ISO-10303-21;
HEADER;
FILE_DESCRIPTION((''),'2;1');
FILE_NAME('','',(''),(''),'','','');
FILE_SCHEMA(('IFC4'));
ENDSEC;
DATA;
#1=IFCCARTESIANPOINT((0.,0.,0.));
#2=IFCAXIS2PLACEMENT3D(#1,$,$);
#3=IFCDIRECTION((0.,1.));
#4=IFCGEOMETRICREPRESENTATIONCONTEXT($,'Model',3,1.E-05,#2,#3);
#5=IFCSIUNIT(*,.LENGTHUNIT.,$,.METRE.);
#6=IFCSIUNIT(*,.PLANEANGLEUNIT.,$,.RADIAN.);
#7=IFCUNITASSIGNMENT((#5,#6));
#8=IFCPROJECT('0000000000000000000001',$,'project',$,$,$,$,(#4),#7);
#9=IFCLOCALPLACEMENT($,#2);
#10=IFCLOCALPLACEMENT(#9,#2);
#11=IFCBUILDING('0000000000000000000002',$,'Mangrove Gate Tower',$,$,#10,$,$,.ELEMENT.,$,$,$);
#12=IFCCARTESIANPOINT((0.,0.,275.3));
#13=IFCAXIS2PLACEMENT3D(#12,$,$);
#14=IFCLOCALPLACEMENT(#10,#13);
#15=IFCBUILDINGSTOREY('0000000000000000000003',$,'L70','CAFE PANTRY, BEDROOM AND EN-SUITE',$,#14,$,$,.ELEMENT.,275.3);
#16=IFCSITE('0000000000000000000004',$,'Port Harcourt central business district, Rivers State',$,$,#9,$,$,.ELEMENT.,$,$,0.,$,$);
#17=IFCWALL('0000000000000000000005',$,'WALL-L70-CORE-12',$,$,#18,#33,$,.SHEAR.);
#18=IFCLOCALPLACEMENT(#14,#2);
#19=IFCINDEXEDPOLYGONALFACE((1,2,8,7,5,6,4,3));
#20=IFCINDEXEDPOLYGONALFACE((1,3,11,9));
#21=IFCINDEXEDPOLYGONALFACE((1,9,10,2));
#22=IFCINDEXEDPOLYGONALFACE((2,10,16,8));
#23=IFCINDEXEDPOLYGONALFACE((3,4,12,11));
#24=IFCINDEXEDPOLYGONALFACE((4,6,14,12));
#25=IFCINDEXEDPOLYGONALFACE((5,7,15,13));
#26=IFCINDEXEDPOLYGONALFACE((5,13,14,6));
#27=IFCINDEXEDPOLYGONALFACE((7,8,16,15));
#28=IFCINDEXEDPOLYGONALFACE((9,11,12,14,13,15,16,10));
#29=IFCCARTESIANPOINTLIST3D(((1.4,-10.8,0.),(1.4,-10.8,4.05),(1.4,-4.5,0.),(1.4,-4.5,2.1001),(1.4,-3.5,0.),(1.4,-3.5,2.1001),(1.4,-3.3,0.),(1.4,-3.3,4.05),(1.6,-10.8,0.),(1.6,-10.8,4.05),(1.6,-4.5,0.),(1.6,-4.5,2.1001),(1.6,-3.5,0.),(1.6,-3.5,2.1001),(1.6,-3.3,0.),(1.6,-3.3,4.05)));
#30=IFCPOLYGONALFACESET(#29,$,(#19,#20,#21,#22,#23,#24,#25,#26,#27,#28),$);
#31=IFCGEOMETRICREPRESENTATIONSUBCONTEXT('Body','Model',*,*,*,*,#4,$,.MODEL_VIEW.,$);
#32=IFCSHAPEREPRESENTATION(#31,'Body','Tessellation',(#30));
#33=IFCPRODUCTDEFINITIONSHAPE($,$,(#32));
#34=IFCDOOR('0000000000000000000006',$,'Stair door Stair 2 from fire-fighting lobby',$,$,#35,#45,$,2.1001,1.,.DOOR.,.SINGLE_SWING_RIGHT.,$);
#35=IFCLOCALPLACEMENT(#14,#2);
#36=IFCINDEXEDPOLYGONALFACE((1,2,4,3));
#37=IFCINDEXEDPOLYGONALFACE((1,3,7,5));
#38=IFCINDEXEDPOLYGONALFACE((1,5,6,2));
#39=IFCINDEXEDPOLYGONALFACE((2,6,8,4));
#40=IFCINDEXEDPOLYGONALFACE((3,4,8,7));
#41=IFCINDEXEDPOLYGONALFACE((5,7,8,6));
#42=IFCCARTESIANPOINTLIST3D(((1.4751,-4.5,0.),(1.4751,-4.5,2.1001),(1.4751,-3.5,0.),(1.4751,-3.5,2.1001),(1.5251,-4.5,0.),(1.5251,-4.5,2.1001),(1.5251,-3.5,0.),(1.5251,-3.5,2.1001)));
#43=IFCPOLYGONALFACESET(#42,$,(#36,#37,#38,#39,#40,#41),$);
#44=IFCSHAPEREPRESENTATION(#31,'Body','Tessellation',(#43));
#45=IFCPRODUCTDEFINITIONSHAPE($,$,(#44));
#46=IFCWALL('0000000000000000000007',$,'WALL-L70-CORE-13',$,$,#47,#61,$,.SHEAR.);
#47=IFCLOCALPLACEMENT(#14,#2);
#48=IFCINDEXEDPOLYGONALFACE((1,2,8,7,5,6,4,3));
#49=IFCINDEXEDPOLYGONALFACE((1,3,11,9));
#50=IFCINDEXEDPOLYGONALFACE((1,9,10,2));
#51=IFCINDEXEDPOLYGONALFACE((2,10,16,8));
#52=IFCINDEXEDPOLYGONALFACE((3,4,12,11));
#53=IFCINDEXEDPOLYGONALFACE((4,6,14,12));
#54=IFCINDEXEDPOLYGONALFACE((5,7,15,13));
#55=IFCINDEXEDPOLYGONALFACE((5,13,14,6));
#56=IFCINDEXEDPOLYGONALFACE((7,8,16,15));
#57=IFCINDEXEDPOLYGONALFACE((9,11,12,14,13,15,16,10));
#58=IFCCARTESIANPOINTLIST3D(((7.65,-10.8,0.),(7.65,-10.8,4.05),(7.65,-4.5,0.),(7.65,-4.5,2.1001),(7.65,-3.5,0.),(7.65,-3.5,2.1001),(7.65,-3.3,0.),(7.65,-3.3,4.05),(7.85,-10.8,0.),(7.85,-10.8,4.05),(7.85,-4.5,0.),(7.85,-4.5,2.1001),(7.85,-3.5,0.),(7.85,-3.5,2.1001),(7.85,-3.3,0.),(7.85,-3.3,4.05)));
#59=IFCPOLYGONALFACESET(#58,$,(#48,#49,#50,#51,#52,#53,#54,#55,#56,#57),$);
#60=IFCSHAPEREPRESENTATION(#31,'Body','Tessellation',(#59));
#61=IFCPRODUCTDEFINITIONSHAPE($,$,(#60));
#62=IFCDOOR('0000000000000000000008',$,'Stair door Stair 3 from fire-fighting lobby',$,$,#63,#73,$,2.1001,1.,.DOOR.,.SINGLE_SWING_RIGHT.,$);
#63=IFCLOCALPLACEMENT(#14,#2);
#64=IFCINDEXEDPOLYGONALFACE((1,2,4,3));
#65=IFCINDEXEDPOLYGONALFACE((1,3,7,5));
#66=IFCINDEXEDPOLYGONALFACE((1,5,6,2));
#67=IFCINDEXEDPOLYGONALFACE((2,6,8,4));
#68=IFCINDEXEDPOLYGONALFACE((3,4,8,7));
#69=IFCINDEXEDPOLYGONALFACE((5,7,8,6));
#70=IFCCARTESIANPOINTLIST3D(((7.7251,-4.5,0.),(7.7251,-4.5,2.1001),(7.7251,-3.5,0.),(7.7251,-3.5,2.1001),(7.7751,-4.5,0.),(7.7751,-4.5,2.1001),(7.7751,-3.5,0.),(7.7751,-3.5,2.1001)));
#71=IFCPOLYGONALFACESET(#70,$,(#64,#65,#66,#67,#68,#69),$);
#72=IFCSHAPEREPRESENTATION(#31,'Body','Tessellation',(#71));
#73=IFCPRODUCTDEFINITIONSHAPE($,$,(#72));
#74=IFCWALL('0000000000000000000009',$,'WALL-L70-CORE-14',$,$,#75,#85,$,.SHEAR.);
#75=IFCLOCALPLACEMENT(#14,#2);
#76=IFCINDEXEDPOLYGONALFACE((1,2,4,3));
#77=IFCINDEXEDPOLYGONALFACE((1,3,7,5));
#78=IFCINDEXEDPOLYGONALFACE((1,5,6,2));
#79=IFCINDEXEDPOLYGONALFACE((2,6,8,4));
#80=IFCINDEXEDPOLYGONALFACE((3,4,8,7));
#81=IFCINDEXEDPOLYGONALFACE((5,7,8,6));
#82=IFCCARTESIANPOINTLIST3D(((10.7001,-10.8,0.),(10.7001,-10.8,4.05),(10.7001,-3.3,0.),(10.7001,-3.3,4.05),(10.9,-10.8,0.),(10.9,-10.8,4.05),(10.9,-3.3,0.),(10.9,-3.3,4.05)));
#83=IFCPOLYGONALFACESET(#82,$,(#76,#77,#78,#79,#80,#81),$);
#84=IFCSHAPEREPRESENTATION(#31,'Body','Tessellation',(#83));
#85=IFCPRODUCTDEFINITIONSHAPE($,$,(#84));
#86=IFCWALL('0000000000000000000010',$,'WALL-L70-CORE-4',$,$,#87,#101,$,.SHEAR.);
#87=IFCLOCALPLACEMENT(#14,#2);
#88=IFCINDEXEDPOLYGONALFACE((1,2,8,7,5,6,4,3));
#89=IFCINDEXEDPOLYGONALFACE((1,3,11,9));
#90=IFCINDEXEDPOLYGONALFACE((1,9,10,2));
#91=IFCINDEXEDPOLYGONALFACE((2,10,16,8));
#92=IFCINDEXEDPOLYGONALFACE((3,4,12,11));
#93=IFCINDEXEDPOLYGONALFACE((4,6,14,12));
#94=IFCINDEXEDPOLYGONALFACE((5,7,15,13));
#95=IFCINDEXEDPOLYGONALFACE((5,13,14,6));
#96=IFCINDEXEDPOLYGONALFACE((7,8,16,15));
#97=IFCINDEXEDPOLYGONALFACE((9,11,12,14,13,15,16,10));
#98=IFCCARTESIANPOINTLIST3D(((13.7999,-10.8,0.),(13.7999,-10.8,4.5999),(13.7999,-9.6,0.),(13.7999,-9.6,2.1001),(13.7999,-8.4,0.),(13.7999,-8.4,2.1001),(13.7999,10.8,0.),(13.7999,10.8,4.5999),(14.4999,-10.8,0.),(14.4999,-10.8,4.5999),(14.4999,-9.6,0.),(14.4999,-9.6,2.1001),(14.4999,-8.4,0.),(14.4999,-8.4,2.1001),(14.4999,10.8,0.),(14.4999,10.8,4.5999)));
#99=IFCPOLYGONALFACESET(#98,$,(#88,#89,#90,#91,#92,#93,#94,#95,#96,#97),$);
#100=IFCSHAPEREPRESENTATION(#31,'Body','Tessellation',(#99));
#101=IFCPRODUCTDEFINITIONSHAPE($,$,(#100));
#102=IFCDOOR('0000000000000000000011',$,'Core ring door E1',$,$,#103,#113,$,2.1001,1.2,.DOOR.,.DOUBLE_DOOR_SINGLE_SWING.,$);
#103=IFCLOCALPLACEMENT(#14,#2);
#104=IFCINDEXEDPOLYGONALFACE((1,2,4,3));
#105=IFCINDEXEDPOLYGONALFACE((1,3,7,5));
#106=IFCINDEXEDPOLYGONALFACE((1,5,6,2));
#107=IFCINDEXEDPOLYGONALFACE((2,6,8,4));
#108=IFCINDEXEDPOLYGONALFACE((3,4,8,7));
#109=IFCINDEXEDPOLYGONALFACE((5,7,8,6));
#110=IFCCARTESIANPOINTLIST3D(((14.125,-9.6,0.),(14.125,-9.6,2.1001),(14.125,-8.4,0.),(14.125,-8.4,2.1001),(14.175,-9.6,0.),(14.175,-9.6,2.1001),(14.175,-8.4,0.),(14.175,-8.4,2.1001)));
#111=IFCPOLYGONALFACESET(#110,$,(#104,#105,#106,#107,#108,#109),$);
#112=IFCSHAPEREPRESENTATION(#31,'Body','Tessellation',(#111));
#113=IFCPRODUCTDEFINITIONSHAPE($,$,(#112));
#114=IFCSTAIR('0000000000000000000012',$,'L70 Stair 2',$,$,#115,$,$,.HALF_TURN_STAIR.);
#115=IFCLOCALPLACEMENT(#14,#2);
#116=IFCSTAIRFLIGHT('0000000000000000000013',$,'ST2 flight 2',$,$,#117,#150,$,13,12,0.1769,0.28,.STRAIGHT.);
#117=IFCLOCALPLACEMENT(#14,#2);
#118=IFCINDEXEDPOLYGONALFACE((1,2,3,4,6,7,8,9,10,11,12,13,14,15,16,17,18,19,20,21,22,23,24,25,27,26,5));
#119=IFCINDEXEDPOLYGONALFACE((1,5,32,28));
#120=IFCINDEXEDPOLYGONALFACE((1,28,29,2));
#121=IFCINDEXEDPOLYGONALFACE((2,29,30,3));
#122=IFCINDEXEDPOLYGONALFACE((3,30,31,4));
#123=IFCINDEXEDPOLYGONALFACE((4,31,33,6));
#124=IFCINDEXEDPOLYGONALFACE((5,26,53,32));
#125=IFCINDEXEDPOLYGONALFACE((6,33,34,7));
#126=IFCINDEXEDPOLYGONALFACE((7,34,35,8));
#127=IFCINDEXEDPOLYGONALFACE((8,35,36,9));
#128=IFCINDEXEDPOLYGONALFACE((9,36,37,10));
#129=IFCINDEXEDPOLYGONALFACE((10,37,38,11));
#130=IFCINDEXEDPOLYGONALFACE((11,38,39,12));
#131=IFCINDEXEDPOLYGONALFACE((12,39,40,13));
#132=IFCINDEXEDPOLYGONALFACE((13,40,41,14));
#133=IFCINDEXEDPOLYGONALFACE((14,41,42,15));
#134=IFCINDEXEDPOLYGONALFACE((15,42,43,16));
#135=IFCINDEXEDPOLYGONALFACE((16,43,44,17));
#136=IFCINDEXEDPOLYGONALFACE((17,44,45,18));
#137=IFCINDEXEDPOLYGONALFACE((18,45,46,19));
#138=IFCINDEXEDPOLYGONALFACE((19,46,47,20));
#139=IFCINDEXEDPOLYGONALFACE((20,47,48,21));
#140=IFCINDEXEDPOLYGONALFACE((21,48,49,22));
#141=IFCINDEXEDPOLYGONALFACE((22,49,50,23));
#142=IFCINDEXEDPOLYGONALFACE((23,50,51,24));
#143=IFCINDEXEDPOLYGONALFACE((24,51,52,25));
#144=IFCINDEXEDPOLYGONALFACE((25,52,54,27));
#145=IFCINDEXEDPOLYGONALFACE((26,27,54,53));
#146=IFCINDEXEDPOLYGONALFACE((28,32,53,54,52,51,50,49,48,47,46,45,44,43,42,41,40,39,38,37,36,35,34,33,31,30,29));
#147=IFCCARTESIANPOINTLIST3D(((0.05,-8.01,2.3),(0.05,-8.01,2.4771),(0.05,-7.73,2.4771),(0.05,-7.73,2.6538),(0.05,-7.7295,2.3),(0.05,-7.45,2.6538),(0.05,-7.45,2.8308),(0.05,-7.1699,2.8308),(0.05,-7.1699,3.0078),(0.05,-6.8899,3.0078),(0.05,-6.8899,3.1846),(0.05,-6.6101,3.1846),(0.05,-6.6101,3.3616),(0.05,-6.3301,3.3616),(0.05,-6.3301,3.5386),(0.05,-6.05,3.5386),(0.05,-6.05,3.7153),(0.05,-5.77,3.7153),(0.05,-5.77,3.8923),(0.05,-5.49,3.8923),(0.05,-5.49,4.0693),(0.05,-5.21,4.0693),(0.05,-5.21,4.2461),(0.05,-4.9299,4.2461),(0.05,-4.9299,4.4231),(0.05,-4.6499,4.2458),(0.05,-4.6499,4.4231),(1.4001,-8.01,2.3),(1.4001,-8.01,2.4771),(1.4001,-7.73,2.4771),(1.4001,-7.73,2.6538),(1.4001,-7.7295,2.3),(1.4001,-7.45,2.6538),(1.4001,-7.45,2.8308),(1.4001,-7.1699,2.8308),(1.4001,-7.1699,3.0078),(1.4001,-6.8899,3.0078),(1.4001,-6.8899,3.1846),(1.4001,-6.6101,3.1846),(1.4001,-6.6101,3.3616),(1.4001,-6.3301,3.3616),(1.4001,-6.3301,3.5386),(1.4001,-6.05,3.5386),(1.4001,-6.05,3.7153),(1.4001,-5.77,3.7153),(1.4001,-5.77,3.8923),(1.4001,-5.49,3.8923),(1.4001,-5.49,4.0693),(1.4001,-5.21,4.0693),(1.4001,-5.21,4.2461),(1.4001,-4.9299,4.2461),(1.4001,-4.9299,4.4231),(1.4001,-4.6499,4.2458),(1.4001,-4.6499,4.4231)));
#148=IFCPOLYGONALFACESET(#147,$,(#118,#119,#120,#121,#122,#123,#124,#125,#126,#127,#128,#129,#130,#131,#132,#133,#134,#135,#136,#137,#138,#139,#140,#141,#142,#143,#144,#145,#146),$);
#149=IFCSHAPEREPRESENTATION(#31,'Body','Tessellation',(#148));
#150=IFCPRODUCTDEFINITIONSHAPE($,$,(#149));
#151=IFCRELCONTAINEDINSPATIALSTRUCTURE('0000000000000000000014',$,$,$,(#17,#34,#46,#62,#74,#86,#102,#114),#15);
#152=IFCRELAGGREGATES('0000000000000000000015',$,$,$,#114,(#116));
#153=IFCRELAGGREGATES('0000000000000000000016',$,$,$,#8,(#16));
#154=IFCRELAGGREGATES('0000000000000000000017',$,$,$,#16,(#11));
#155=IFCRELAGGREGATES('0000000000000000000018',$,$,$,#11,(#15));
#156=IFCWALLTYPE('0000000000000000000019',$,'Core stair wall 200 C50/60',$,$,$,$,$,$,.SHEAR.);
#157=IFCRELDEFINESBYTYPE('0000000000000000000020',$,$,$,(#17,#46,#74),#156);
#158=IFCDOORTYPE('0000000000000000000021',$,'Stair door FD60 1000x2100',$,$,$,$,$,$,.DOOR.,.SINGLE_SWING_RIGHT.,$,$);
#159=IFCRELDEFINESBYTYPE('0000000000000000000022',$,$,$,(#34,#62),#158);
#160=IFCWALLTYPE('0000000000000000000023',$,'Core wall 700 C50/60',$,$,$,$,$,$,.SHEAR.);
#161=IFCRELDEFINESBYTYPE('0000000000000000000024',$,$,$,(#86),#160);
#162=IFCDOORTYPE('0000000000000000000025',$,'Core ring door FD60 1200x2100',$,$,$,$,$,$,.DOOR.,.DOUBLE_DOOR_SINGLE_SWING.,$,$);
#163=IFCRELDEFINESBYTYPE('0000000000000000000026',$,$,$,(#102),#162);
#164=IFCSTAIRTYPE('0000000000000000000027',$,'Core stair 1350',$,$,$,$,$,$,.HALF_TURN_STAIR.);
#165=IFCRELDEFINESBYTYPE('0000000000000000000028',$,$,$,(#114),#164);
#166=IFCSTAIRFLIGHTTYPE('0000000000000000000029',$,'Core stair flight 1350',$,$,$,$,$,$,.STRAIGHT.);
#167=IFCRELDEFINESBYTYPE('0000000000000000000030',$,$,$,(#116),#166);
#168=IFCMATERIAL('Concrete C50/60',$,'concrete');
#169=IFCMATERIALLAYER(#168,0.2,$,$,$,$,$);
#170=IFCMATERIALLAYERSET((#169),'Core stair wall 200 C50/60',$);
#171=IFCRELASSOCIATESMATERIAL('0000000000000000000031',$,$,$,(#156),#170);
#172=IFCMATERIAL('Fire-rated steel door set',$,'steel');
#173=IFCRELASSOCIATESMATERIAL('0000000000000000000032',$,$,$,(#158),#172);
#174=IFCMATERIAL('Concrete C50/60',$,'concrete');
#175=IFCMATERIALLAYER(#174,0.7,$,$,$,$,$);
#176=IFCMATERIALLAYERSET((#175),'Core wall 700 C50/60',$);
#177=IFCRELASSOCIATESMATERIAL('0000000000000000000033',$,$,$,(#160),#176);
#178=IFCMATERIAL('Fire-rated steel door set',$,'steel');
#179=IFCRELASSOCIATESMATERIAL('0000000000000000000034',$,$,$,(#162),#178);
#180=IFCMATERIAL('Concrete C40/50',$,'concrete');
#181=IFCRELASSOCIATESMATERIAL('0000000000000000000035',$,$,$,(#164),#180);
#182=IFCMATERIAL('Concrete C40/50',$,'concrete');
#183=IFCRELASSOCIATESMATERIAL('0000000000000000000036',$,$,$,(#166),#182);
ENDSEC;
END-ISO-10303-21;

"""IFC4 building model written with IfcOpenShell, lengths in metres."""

from ifc_helpers import new_model, si_unit, direction, frame, frame_2d, origin, place, context, subcontext, project, spatial, polyline, rectangle, outline, extrude, material, layer, layer_set, type_object, element, fill, aggregate, save


model = new_model("IFC4")

# Units and contexts
model_context = context("Model", 3, precision=1e-05, world=origin(), true_north=direction((0.0, 1.0)))
body_context = subcontext(model_context, "Body", "Model", "MODEL_VIEW")
ifc_project = project(units=[si_unit("LENGTHUNIT", "METRE"), si_unit("PLANEANGLEUNIT", "RADIAN")], contexts=[model_context])

# Site, building, storey
site_placement = place(None, origin())
site = spatial("IfcSite", under=ifc_project, at=site_placement, Name="Port Harcourt central business district, Rivers State", CompositionType="ELEMENT", RefElevation=0.0)
building_placement = place(site_placement, origin())
building = spatial("IfcBuilding", under=site, at=building_placement, Name="Mangrove Gate Tower", CompositionType="ELEMENT")
storey_placement = place(building_placement, frame((0.0, 0.0, 275.3)))
storey = spatial("IfcBuildingStorey", under=building, at=storey_placement, Name="L70", Description="CAFE PANTRY, BEDROOM AND EN-SUITE", CompositionType="ELEMENT", Elevation=275.3)

# Walls, openings, doors
ifc_material_1 = material(Name="Concrete C50/60", Category="concrete")
ifc_layer_1 = layer(ifc_material_1, 0.2)
ifc_layer_set_1 = layer_set([ifc_layer_1], Name="Core stair wall 200 C50/60")
wall_type_1 = type_object("IfcWallType", Name="Core stair wall 200 C50/60", PredefinedType="SHEAR", material=ifc_layer_set_1)
wall_1_placement = place(storey_placement, frame((1.5, -10.8, 0.0), z_axis=(0.0, 0.0, 1.0), x_axis=(0.0, 1.0, 0.0)))
wall_1 = element("IfcWall", 1, at=wall_1_placement, inside=storey, type_object=wall_type_1, Name="WALL-L70-CORE-12", PredefinedType="SHEAR", context=body_context, shape_type="SweptSolid", body=[
    extrude(rectangle(XDim=7.5, YDim=0.2, at=frame_2d((3.75, 0.0))), origin(), (0.0, 0.0, 1.0), 4.05),
])
opening_1_placement = place(wall_1_placement, frame((6.3, 0.0, 0.0)))
opening_1 = element("IfcOpeningElement", 2, at=opening_1_placement, cuts=wall_1, PredefinedType="OPENING", context=body_context, shape_type="SweptSolid", body=[
    extrude(rectangle(XDim=1.0, YDim=2.1001, at=frame_2d((0.5, 1.05))), frame((0.0, 0.1099, 0.0), z_axis=(0.0, -1.0, 0.0), x_axis=(1.0, 0.0, 0.0)), (0.0, 0.0, 1.0), 0.22),
])
ifc_material_2 = material(Name="Fire-rated steel door set", Category="steel")
door_type_1 = type_object("IfcDoorType", Name="Stair door FD60 1000x2100", OperationType="SINGLE_SWING_RIGHT", PredefinedType="DOOR", material=ifc_material_2)
door_1_placement = place(opening_1_placement, origin())
door_1 = element("IfcDoor", 3, at=door_1_placement, inside=storey, type_object=door_type_1, Name="Stair door Stair 2 from fire-fighting lobby", OperationType="SINGLE_SWING_RIGHT", OverallHeight=2.1001, OverallWidth=1.0, PredefinedType="DOOR", context=body_context, shape_type="SweptSolid", body=[
    extrude(rectangle(XDim=1.0, YDim=2.1001, at=frame_2d((0.5, 1.05))), frame((0.0, 0.0249, 0.0), z_axis=(0.0, -1.0, 0.0), x_axis=(1.0, 0.0, 0.0)), (0.0, 0.0, 1.0), 0.05),
])
fill(opening_1, door_1)
wall_2_placement = place(storey_placement, frame((7.75, -10.8, 0.0), z_axis=(0.0, 0.0, 1.0), x_axis=(0.0, 1.0, 0.0)))
wall_2 = element("IfcWall", 4, at=wall_2_placement, inside=storey, type_object=wall_type_1, Name="WALL-L70-CORE-13", PredefinedType="SHEAR", context=body_context, shape_type="SweptSolid", body=[
    extrude(rectangle(XDim=7.5, YDim=0.2, at=frame_2d((3.75, 0.0))), origin(), (0.0, 0.0, 1.0), 4.05),
])
opening_2_placement = place(wall_2_placement, frame((6.3, 0.0, 0.0)))
opening_2 = element("IfcOpeningElement", 5, at=opening_2_placement, cuts=wall_2, PredefinedType="OPENING", context=body_context, shape_type="SweptSolid", body=[
    extrude(rectangle(XDim=1.0, YDim=2.1001, at=frame_2d((0.5, 1.05))), frame((0.0, 0.1099, 0.0), z_axis=(0.0, -1.0, 0.0), x_axis=(1.0, 0.0, 0.0)), (0.0, 0.0, 1.0), 0.22),
])
door_2_placement = place(opening_2_placement, origin())
door_2 = element("IfcDoor", 6, at=door_2_placement, inside=storey, type_object=door_type_1, Name="Stair door Stair 3 from fire-fighting lobby", OperationType="SINGLE_SWING_RIGHT", OverallHeight=2.1001, OverallWidth=1.0, PredefinedType="DOOR", context=body_context, shape_type="SweptSolid", body=[
    extrude(rectangle(XDim=1.0, YDim=2.1001, at=frame_2d((0.5, 1.05))), frame((0.0, 0.0249, 0.0), z_axis=(0.0, -1.0, 0.0), x_axis=(1.0, 0.0, 0.0)), (0.0, 0.0, 1.0), 0.05),
])
fill(opening_2, door_2)

# Wall
wall_3_placement = place(storey_placement, frame((10.8, -10.8, 0.0), z_axis=(0.0, 0.0, 1.0), x_axis=(0.0, 1.0, 0.0)))
element("IfcWall", 7, at=wall_3_placement, inside=storey, type_object=wall_type_1, Name="WALL-L70-CORE-14", PredefinedType="SHEAR", context=body_context, shape_type="SweptSolid", body=[
    extrude(rectangle(XDim=7.5, YDim=0.2, at=frame_2d((3.75, 0.0))), origin(), (0.0, 0.0, 1.0), 4.05),
])

# Wall, opening, door
ifc_material_3 = material(Name="Concrete C50/60", Category="concrete")
ifc_layer_2 = layer(ifc_material_3, 0.7)
ifc_layer_set_2 = layer_set([ifc_layer_2], Name="Core wall 700 C50/60")
wall_type_2 = type_object("IfcWallType", Name="Core wall 700 C50/60", PredefinedType="SHEAR", material=ifc_layer_set_2)
wall_4_placement = place(storey_placement, frame((14.1499, -10.8, 0.0), z_axis=(0.0, 0.0, 1.0), x_axis=(0.0, 1.0, 0.0)))
wall_4 = element("IfcWall", 8, at=wall_4_placement, inside=storey, type_object=wall_type_2, Name="WALL-L70-CORE-4", PredefinedType="SHEAR", context=body_context, shape_type="SweptSolid", body=[
    extrude(rectangle(XDim=21.6001, YDim=0.7, at=frame_2d((10.8, 0.0))), origin(), (0.0, 0.0, 1.0), 4.5999),
])
opening_3_placement = place(wall_4_placement, frame((1.2, 0.0, 0.0)))
opening_3 = element("IfcOpeningElement", 9, at=opening_3_placement, cuts=wall_4, PredefinedType="OPENING", context=body_context, shape_type="SweptSolid", body=[
    extrude(rectangle(XDim=1.2, YDim=2.1001, at=frame_2d((0.6001, 1.05))), frame((0.0, 0.3599, 0.0), z_axis=(0.0, -1.0, 0.0), x_axis=(1.0, 0.0, 0.0)), (0.0, 0.0, 1.0), 0.72),
])
ifc_material_4 = material(Name="Fire-rated steel door set", Category="steel")
door_type_2 = type_object("IfcDoorType", Name="Core ring door FD60 1200x2100", OperationType="DOUBLE_DOOR_SINGLE_SWING", PredefinedType="DOOR", material=ifc_material_4)
door_3_placement = place(opening_3_placement, origin())
door_3 = element("IfcDoor", 10, at=door_3_placement, inside=storey, type_object=door_type_2, Name="Core ring door E1", OperationType="DOUBLE_DOOR_SINGLE_SWING", OverallHeight=2.1001, OverallWidth=1.2, PredefinedType="DOOR", context=body_context, shape_type="SweptSolid", body=[
    extrude(rectangle(XDim=1.2, YDim=2.1001, at=frame_2d((0.6001, 1.05))), frame((0.0, 0.0249, 0.0), z_axis=(0.0, -1.0, 0.0), x_axis=(1.0, 0.0, 0.0)), (0.0, 0.0, 1.0), 0.05),
])
fill(opening_3, door_3)

# Stair, stair flight
ifc_material_5 = material(Name="Concrete C40/50", Category="concrete")
stair_type = type_object("IfcStairType", Name="Core stair 1350", PredefinedType="HALF_TURN_STAIR", material=ifc_material_5)
stair_1_placement = place(storey_placement, origin())
stair_1 = element("IfcStair", 11, at=stair_1_placement, inside=storey, type_object=stair_type, Name="L70 Stair 2", PredefinedType="HALF_TURN_STAIR")
ifc_material_6 = material(Name="Concrete C40/50", Category="concrete")
stair_flight_type = type_object("IfcStairFlightType", Name="Core stair flight 1350", PredefinedType="STRAIGHT", material=ifc_material_6)
stair_flight_1_placement = place(storey_placement, frame((0.7251, -8.01, 2.3), z_axis=(0.0, 0.0, 1.0), x_axis=(0.0, 1.0, 0.0)))
stair_flight_1 = element("IfcStairFlight", 12, at=stair_flight_1_placement, type_object=stair_flight_type, Name="ST2 flight 2", NumberOfRisers=13, NumberOfTreads=12, PredefinedType="STRAIGHT", RiserHeight=0.1769, TreadLength=0.28, context=body_context, shape_type="SweptSolid", body=[
    extrude(outline(polyline([(0.0, 0.0), (0.0, 0.177), (0.28, 0.177), (0.28, 0.3538), (0.5601, 0.3538), (0.5601, 0.5308), (0.8401, 0.5308), (0.8401, 0.7078), (1.1201, 0.7078), (1.1201, 0.8845), (1.3999, 0.8845), (1.3999, 1.0615), (1.6799, 1.0615), (1.6799, 1.2385), (1.96, 1.2385), (1.96, 1.4153), (2.24, 1.4153), (2.24, 1.5923), (2.52, 1.5923), (2.52, 1.7693), (2.8, 1.7693), (2.8, 1.946), (3.0801, 1.946), (3.0801, 2.123), (3.3601, 2.123), (3.3601, 2.3), (3.3601, 1.9458), (0.2805, 0.0), (0.0, 0.0)])), frame((0.0, 0.675, 0.0), z_axis=(0.0, -1.0, 0.0), x_axis=(1.0, 0.0, 0.0)), (0.0, 0.0, 1.0), 1.3501),
])
aggregate(stair_1, [stair_flight_1])

save(model, "model.ifc")
